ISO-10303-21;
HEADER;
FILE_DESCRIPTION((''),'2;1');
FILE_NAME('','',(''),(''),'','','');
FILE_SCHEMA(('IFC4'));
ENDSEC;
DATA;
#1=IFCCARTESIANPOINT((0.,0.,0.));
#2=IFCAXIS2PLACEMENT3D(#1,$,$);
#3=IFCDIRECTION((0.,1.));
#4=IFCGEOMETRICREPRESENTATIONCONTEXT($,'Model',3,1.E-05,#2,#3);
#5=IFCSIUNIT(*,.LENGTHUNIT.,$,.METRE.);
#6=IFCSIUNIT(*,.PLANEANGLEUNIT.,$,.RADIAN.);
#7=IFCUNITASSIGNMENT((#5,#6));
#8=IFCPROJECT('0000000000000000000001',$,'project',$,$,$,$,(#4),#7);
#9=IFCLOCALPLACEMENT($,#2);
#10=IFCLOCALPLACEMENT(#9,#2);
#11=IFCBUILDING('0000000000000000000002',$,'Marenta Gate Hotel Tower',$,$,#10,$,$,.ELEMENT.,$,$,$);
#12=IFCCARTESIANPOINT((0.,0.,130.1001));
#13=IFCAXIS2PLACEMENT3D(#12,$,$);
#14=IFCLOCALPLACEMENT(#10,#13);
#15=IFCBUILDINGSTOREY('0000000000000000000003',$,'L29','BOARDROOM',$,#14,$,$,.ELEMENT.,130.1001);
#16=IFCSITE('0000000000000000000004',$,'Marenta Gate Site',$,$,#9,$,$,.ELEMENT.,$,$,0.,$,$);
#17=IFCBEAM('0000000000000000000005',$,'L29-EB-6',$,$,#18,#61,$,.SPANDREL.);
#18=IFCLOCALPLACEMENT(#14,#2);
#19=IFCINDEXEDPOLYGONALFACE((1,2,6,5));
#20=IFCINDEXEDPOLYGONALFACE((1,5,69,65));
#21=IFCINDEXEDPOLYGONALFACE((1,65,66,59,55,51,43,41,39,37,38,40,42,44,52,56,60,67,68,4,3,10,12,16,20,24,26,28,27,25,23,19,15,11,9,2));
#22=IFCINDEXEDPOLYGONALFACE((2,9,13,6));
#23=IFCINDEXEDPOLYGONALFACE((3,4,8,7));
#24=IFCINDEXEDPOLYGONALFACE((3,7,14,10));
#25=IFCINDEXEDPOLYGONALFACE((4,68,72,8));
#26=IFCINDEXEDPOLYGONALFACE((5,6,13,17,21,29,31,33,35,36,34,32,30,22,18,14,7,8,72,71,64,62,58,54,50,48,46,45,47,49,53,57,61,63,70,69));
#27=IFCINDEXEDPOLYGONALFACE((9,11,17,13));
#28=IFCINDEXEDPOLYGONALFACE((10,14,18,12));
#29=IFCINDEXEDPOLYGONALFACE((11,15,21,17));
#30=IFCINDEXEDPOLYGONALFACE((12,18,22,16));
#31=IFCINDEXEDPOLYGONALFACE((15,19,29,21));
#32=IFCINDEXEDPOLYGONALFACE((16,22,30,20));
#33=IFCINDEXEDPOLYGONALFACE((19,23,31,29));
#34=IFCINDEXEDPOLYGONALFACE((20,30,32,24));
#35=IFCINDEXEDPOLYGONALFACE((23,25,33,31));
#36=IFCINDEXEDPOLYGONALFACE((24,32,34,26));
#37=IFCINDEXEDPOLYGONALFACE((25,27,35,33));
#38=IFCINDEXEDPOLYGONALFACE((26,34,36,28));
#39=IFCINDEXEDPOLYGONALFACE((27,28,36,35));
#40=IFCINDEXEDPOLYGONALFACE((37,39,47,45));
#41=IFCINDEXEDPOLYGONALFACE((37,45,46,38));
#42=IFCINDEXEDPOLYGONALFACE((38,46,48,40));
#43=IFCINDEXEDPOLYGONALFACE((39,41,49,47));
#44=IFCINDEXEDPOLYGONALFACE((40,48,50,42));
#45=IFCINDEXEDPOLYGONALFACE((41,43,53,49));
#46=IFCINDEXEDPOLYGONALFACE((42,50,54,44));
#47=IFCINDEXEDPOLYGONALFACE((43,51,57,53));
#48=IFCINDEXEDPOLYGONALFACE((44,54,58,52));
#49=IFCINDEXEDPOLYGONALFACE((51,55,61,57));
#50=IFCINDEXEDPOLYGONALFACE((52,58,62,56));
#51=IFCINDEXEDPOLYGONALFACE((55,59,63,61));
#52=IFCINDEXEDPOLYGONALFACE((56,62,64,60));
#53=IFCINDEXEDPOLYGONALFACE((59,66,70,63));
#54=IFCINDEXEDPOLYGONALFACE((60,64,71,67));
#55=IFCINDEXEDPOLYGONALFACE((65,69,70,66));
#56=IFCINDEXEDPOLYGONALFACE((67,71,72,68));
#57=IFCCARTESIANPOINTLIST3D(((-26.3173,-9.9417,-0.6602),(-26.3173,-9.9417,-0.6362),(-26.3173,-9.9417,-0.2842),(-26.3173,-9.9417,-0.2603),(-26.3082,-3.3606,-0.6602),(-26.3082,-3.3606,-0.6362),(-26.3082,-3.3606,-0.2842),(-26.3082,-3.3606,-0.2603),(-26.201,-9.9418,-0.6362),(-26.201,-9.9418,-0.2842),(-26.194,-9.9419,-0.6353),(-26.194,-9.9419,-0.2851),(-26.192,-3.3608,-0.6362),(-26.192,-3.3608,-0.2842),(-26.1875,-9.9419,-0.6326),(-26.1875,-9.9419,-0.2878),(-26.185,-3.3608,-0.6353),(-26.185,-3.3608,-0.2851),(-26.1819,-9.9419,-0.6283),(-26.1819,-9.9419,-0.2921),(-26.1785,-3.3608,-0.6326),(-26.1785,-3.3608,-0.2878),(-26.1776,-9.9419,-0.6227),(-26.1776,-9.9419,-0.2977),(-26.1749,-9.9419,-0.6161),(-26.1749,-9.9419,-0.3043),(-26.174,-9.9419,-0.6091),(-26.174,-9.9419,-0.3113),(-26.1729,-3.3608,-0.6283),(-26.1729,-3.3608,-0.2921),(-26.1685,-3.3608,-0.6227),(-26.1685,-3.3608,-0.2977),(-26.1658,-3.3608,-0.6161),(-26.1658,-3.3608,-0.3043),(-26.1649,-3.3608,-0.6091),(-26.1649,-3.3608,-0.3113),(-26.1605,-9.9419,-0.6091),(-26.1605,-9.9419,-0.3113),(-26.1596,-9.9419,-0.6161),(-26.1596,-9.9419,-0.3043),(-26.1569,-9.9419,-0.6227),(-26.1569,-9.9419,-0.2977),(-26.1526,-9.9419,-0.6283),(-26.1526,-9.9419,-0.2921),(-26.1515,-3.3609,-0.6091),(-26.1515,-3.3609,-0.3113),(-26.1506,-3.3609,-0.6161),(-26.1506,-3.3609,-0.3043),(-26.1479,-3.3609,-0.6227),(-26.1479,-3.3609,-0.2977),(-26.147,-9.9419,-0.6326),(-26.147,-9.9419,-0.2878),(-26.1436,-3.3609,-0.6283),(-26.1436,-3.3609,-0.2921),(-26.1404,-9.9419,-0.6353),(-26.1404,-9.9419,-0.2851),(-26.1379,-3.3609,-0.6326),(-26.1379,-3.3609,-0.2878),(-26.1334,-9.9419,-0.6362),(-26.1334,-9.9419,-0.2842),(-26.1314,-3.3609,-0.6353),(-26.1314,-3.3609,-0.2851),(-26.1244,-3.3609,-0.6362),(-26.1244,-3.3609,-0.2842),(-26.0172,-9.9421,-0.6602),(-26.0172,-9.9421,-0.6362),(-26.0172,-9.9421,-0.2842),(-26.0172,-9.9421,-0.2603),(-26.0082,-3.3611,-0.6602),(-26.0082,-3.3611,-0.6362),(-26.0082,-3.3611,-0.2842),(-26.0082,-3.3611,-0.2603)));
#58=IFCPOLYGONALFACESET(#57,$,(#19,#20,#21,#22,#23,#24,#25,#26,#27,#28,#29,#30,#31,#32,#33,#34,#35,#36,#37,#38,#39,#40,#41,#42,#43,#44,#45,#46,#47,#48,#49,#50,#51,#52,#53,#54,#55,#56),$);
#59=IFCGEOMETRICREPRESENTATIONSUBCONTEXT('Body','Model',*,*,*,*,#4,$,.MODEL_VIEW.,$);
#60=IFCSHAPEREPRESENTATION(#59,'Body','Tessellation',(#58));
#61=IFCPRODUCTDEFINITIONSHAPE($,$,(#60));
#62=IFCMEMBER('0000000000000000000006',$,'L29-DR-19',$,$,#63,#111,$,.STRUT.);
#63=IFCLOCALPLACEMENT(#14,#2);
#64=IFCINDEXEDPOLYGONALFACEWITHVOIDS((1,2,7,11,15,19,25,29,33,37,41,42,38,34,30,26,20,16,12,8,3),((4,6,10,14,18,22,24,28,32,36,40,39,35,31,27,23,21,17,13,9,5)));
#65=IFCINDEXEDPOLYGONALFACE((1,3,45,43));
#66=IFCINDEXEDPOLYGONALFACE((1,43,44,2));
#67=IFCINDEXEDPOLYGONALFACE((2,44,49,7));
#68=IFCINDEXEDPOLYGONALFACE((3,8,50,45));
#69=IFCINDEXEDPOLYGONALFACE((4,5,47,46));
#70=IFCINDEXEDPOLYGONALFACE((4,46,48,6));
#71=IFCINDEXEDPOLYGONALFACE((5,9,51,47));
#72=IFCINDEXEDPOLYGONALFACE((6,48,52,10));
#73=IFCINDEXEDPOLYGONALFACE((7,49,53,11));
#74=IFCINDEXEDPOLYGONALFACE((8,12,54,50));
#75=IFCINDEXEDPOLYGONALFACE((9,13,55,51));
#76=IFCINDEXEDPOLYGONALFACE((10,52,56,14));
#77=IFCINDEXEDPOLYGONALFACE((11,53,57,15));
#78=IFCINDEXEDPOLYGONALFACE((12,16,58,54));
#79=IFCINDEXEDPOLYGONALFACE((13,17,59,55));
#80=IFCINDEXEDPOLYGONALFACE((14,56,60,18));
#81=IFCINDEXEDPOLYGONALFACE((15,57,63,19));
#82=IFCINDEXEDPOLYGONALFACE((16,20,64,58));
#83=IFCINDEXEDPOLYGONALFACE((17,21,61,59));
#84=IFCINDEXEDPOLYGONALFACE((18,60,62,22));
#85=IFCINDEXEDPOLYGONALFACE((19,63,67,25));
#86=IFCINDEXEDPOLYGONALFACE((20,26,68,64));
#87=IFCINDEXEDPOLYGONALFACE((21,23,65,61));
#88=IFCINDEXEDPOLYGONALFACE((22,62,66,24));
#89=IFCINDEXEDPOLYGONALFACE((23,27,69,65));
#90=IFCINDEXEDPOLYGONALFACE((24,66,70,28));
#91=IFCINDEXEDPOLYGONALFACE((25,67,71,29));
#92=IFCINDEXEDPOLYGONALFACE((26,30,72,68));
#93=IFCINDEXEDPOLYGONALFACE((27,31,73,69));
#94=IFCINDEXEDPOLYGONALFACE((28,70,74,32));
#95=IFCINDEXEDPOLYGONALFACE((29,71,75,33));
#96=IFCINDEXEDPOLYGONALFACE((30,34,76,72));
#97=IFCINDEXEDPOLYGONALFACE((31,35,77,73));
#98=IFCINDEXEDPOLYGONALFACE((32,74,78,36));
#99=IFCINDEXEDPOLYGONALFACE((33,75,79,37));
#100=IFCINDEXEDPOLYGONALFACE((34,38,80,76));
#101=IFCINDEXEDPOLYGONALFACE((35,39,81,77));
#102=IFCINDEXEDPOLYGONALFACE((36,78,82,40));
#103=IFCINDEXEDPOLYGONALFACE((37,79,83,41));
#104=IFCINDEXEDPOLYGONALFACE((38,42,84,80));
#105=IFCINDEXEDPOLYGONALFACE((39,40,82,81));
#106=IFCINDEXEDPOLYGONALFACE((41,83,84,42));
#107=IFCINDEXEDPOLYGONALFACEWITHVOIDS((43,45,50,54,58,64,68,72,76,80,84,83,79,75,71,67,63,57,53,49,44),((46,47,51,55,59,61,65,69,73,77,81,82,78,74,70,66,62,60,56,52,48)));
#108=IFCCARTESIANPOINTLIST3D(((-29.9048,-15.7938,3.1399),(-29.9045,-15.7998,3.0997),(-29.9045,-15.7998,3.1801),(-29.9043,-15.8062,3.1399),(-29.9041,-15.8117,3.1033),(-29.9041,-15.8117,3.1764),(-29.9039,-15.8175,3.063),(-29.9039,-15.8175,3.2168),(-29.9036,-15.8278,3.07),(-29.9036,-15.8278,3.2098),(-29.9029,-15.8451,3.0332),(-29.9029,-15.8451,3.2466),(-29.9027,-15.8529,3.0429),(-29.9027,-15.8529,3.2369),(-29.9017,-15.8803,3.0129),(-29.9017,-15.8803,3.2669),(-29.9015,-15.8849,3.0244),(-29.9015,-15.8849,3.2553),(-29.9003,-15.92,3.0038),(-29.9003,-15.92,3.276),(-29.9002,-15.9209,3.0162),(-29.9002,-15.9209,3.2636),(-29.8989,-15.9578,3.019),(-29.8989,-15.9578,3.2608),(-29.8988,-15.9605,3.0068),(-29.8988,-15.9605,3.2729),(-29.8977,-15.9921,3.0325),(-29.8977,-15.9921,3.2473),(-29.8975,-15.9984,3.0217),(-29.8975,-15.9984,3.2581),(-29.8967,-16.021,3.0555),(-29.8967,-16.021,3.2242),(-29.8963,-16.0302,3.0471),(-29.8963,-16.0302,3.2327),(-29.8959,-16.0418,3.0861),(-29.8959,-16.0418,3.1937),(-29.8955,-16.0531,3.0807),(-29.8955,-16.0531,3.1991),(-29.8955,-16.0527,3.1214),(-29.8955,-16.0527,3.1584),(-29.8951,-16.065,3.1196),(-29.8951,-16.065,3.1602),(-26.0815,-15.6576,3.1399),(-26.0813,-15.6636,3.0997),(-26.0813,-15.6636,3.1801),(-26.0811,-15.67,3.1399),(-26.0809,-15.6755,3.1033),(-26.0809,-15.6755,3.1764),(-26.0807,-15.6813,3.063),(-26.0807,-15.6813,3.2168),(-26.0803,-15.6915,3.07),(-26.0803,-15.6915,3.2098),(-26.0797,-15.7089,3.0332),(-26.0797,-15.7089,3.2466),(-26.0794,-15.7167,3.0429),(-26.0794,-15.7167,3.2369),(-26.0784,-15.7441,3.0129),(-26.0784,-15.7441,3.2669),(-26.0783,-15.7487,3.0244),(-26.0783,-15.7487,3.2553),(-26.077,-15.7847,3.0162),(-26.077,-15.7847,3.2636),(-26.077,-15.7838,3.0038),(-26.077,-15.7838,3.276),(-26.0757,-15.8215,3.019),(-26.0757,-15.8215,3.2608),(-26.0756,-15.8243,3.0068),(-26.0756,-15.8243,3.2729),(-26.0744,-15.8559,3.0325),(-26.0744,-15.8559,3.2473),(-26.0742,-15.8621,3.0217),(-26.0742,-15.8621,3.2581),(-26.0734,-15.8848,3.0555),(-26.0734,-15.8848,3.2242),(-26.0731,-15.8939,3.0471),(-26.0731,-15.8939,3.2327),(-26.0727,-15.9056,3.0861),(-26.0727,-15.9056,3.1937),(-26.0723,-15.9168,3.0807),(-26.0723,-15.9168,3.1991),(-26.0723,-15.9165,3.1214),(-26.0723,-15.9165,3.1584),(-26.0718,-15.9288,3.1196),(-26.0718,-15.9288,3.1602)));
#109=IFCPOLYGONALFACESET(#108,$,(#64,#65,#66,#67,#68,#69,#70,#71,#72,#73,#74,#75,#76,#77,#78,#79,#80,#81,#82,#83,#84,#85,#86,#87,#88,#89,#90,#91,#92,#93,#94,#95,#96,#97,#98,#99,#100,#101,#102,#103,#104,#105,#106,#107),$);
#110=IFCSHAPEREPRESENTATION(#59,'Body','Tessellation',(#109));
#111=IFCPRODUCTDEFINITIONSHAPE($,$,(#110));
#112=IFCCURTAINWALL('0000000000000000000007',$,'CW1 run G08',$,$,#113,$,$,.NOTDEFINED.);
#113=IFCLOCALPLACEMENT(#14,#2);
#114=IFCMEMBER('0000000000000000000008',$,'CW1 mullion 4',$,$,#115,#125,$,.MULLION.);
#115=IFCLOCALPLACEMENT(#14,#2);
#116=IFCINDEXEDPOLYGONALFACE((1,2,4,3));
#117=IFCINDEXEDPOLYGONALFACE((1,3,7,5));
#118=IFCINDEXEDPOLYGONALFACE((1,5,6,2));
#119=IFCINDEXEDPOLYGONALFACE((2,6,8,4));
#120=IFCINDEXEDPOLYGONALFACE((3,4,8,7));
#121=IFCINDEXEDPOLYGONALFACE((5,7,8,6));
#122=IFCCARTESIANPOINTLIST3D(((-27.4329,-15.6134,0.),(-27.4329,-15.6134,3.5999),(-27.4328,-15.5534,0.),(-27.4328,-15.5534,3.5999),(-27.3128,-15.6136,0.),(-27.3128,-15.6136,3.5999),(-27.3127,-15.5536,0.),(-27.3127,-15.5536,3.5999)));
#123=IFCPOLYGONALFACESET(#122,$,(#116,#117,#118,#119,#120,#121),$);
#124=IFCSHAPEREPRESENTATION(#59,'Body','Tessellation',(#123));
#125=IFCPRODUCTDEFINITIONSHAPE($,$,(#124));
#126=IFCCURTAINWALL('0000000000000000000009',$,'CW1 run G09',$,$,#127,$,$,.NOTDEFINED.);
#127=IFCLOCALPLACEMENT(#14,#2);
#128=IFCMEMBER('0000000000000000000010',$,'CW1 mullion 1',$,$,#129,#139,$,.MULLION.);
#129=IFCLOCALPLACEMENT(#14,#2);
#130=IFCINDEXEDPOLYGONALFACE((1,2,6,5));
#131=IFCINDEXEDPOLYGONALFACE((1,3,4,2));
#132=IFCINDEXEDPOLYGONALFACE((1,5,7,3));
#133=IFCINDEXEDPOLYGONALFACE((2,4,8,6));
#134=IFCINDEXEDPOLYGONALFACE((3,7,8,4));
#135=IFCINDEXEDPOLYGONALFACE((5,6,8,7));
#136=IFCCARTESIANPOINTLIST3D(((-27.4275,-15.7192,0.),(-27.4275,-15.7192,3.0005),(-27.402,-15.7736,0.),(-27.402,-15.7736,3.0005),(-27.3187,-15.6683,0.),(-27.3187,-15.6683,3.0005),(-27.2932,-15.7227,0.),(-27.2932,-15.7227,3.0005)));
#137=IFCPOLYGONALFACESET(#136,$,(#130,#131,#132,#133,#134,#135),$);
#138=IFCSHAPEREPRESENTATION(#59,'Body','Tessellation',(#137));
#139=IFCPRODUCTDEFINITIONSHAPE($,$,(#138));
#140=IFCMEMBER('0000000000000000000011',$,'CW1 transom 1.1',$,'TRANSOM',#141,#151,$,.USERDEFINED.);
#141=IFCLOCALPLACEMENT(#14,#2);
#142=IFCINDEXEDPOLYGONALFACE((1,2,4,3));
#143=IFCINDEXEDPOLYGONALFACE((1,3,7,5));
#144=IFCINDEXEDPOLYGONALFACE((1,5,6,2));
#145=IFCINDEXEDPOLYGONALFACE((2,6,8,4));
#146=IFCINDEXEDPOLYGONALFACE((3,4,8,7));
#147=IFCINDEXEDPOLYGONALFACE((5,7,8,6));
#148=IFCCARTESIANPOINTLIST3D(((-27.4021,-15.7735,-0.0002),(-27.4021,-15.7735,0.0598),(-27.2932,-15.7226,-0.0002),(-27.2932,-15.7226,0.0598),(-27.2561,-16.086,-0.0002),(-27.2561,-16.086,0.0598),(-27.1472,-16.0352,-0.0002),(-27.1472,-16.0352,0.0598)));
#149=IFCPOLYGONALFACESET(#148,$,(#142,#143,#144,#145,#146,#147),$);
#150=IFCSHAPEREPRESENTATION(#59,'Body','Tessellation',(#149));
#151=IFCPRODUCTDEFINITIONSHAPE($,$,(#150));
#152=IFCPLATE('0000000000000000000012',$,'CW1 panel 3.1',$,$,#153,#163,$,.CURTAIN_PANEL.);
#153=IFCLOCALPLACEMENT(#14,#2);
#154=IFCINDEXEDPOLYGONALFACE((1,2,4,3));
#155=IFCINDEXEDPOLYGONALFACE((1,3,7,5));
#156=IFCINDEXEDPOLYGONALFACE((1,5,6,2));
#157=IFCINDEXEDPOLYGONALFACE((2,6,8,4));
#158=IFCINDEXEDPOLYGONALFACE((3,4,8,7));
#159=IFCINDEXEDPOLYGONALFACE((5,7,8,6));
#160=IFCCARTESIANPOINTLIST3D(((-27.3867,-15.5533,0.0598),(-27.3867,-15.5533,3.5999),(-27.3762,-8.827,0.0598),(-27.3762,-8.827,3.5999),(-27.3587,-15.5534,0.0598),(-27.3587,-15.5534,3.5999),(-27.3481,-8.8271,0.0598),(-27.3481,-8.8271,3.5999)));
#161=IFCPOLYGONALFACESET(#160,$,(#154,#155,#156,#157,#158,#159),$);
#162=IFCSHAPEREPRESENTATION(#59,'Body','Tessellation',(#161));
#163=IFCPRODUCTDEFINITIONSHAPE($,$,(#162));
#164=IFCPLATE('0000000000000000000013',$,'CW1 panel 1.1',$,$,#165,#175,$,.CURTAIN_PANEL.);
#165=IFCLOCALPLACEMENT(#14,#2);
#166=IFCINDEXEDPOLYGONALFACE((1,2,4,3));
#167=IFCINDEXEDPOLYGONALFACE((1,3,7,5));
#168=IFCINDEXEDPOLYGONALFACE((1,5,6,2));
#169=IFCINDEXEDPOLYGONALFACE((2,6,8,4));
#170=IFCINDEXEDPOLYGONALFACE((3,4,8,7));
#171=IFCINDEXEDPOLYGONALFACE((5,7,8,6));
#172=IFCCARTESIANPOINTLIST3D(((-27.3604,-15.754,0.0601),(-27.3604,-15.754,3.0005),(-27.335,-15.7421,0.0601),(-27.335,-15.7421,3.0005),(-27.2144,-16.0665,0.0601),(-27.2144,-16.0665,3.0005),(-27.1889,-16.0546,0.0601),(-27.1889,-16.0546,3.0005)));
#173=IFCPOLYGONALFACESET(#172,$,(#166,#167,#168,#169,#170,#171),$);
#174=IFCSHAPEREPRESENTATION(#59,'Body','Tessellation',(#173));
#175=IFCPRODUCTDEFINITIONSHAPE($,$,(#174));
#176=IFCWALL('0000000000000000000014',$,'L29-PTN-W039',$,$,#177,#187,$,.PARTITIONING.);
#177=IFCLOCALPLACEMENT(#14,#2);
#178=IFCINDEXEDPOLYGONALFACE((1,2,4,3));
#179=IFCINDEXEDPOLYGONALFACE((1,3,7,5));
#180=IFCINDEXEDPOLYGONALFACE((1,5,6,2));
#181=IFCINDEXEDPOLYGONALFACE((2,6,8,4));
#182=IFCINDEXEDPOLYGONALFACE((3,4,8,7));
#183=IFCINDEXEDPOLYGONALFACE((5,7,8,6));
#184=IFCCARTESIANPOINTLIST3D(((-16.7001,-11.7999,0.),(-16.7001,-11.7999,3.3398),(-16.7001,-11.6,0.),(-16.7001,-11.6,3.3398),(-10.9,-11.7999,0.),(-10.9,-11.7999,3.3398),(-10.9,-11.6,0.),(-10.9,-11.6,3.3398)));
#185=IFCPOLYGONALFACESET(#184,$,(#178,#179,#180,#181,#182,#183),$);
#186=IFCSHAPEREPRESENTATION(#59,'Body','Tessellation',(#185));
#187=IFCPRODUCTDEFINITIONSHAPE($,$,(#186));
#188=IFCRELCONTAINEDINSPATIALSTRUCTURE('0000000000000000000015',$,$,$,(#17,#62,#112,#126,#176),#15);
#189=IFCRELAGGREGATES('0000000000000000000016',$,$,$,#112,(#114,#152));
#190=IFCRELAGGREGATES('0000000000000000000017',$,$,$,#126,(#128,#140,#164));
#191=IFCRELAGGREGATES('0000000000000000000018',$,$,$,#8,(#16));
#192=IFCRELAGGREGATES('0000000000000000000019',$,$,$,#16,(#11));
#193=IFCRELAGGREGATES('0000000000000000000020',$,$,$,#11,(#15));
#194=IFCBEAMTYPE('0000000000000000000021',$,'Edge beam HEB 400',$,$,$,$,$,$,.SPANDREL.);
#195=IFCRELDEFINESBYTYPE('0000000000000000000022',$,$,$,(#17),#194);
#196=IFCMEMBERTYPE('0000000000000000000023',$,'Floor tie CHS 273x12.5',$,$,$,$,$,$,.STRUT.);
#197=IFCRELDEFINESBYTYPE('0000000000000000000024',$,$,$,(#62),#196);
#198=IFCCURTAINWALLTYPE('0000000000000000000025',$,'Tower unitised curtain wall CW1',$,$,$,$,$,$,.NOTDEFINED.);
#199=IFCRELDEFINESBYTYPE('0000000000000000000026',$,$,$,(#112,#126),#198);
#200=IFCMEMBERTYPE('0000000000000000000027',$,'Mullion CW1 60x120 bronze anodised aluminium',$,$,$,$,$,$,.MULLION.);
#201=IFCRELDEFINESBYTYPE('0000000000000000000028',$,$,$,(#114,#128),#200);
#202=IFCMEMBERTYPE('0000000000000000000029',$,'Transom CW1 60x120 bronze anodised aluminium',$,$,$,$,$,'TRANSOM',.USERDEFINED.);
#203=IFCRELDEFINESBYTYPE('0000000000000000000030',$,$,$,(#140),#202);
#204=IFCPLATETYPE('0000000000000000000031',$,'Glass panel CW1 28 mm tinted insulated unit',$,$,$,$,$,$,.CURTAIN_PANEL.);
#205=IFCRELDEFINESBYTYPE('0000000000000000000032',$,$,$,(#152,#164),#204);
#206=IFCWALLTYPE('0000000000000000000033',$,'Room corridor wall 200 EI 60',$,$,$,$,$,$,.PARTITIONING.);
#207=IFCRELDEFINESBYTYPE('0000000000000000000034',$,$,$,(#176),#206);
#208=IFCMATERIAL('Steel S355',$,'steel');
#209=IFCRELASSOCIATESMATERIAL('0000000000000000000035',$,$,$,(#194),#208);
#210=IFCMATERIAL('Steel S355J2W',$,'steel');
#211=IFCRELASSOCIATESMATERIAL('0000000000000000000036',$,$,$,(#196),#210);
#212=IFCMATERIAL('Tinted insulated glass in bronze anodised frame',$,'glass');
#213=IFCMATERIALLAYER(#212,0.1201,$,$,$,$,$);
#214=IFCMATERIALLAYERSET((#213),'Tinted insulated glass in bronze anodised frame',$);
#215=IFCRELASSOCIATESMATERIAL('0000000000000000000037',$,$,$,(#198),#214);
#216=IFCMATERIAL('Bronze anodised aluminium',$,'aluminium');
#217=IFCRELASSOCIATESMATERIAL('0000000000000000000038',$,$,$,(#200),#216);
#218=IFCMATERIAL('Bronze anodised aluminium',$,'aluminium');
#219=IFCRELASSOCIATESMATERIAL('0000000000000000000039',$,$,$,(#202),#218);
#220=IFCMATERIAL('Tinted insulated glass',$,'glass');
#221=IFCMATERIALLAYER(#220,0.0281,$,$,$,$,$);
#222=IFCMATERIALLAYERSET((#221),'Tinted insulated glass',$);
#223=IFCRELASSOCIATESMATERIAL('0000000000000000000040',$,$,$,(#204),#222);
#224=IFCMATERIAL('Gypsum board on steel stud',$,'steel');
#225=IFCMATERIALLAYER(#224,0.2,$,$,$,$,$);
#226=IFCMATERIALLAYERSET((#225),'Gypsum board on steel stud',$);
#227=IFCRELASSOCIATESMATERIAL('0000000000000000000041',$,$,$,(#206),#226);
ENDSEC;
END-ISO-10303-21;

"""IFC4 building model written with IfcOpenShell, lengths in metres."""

from ifc_helpers import new_model, si_unit, direction, frame, frame_2d, origin, origin_2d, place, context, subcontext, project, spatial, rectangle, hollow_circle, i_section, extrude, material, layer, layer_set, material_profile, profile_set, type_object, element, aggregate, save


model = new_model("IFC4")

# Units and contexts
model_context = context("Model", 3, precision=1e-05, world=origin(), true_north=direction((0.0, 1.0)))
body_context = subcontext(model_context, "Body", "Model", "MODEL_VIEW")
ifc_project = project(units=[si_unit("LENGTHUNIT", "METRE"), si_unit("PLANEANGLEUNIT", "RADIAN")], contexts=[model_context])

# Site, building, storey
site_placement = place(None, origin())
site = spatial("IfcSite", under=ifc_project, at=site_placement, Name="Marenta Gate Site", CompositionType="ELEMENT", RefElevation=0.0)
building_placement = place(site_placement, origin())
building = spatial("IfcBuilding", under=site, at=building_placement, Name="Marenta Gate Hotel Tower", CompositionType="ELEMENT")
storey_placement = place(building_placement, frame((0.0, 0.0, 130.1001)))
storey = spatial("IfcBuildingStorey", under=building, at=storey_placement, Name="L29", Description="BOARDROOM", CompositionType="ELEMENT", Elevation=130.1001)

# Beam
ifc_material_1 = material(Name="Steel S355", Category="steel")
ifc_material_profile_1 = material_profile(ifc_material_1, i_section(OverallWidth=0.3, OverallDepth=0.3999, WebThickness=0.0134, FlangeThickness=0.0239, FilletRadius=0.0271, at=origin_2d()), Name="HEB 400")
ifc_profile_set_1 = profile_set([ifc_material_profile_1], Name="Steel S355")
beam_type = type_object("IfcBeamType", Name="Edge beam HEB 400", PredefinedType="SPANDREL", material=ifc_profile_set_1)
beam_1_placement = place(storey_placement, frame((-26.1672, -9.9419, -0.4602), z_axis=(0.001373, 0.999999, 0.0), x_axis=(-0.999999, 0.001373, 0.0)))
element("IfcBeam", 1, at=beam_1_placement, inside=storey, type_object=beam_type, Name="L29-EB-6", PredefinedType="SPANDREL", context=body_context, shape_type="SweptSolid", body=[
    extrude(i_section(OverallWidth=0.3, OverallDepth=0.3999, WebThickness=0.0134, FlangeThickness=0.0239, FilletRadius=0.0271, at=origin_2d()), origin(), (0.0, 0.0, 1.0), 6.5811),
])

# Member
ifc_material_2 = material(Name="Steel S355J2W", Category="steel")
ifc_material_profile_2 = material_profile(ifc_material_2, hollow_circle(Radius=0.1365, WallThickness=0.0125, at=origin_2d()), Name="CHS 273x12.5")
ifc_profile_set_2 = profile_set([ifc_material_profile_2], Name="Steel S355J2W")
member_type_1 = type_object("IfcMemberType", Name="Floor tie CHS 273x12.5", PredefinedType="STRUT", material=ifc_profile_set_2)
member_1_placement = place(storey_placement, frame((-29.8999, -15.9302, 3.1399), z_axis=(0.999366, 0.03561, 0.0), x_axis=(-0.03561, 0.999366, 0.0)))
element("IfcMember", 2, at=member_1_placement, inside=storey, type_object=member_type_1, Name="L29-DR-19", PredefinedType="STRUT", context=body_context, shape_type="SweptSolid", body=[
    extrude(hollow_circle(Radius=0.1365, WallThickness=0.0125, at=origin_2d()), origin(), (0.0, 0.0, 1.0), 3.8257),
])

# Curtain wall, member
ifc_material_3 = material(Name="Tinted insulated glass in bronze anodised frame", Category="glass")
ifc_layer_1 = layer(ifc_material_3, 0.1201)
ifc_layer_set_1 = layer_set([ifc_layer_1], Name="Tinted insulated glass in bronze anodised frame")
curtain_wall_type = type_object("IfcCurtainWallType", Name="Tower unitised curtain wall CW1", PredefinedType="NOTDEFINED", material=ifc_layer_set_1)
curtain_wall_1_placement = place(storey_placement, origin())
curtain_wall_1 = element("IfcCurtainWall", 3, at=curtain_wall_1_placement, inside=storey, type_object=curtain_wall_type, Name="CW1 run G08", PredefinedType="NOTDEFINED")
ifc_material_4 = material(Name="Bronze anodised aluminium", Category="aluminium")
ifc_material_profile_3 = material_profile(ifc_material_4, rectangle(XDim=0.1201, YDim=0.0601, at=origin_2d()), Name="Mullion CW1 60x120 bronze anodised aluminium")
ifc_profile_set_3 = profile_set([ifc_material_profile_3], Name="Bronze anodised aluminium")
member_type_2 = type_object("IfcMemberType", Name="Mullion CW1 60x120 bronze anodised aluminium", PredefinedType="MULLION", material=ifc_profile_set_3)
member_2_placement = place(storey_placement, frame((-27.3728, -15.5835, 0.0), z_axis=(0.0, 0.0, 1.0), x_axis=(0.999999, -0.001565, 0.0)))
member_2 = element("IfcMember", 4, at=member_2_placement, type_object=member_type_2, Name="CW1 mullion 4", PredefinedType="MULLION", context=body_context, shape_type="SweptSolid", body=[
    extrude(rectangle(XDim=0.1201, YDim=0.0601, at=origin_2d()), origin(), (0.0, 0.0, 1.0), 3.5999),
])

# Curtain wall, members
curtain_wall_2_placement = place(storey_placement, origin())
curtain_wall_2 = element("IfcCurtainWall", 5, at=curtain_wall_2_placement, inside=storey, type_object=curtain_wall_type, Name="CW1 run G09", PredefinedType="NOTDEFINED")
member_3_placement = place(storey_placement, frame((-27.3604, -15.7209, 0.0), z_axis=(0.0, 0.0, 1.0), x_axis=(0.905968, 0.423345, 0.0)))
member_3 = element("IfcMember", 6, at=member_3_placement, type_object=member_type_2, Name="CW1 mullion 1", PredefinedType="MULLION", context=body_context, shape_type="SweptSolid", body=[
    extrude(rectangle(XDim=0.1201, YDim=0.0601, at=origin_2d()), origin(), (0.0, 0.0, 1.0), 3.0005),
])
ifc_material_5 = material(Name="Bronze anodised aluminium", Category="aluminium")
ifc_material_profile_4 = material_profile(ifc_material_5, rectangle(XDim=0.1201, YDim=0.0601, at=origin_2d()), Name="Transom CW1 60x120 bronze anodised aluminium")
ifc_profile_set_4 = profile_set([ifc_material_profile_4], Name="Bronze anodised aluminium")
member_type_3 = type_object("IfcMemberType", Name="Transom CW1 60x120 bronze anodised aluminium", ElementType="TRANSOM", PredefinedType="USERDEFINED", material=ifc_profile_set_4)
member_4_placement = place(storey_placement, frame((-27.3477, -15.748, 0.0298), z_axis=(0.423273, -0.906002, 0.0), x_axis=(0.906002, 0.423273, 0.0)))
member_4 = element("IfcMember", 7, at=member_4_placement, type_object=member_type_3, Name="CW1 transom 1.1", ObjectType="TRANSOM", PredefinedType="USERDEFINED", context=body_context, shape_type="SweptSolid", body=[
    extrude(rectangle(XDim=0.1201, YDim=0.0601, at=origin_2d()), origin(), (0.0, 0.0, 1.0), 0.345),
])

# Plates
ifc_material_6 = material(Name="Tinted insulated glass", Category="glass")
ifc_layer_2 = layer(ifc_material_6, 0.0281)
ifc_layer_set_2 = layer_set([ifc_layer_2], Name="Tinted insulated glass")
plate_type = type_object("IfcPlateType", Name="Glass panel CW1 28 mm tinted insulated unit", PredefinedType="CURTAIN_PANEL", material=ifc_layer_set_2)
plate_1_placement = place(storey_placement, frame((-27.3674, -12.1902, 0.0598), z_axis=(0.0, 0.0, 1.0), x_axis=(-0.001565, -0.999999, 0.0)))
plate_1 = element("IfcPlate", 8, at=plate_1_placement, type_object=plate_type, Name="CW1 panel 3.1", PredefinedType="CURTAIN_PANEL", context=body_context, shape_type="SweptSolid", body=[
    extrude(rectangle(XDim=6.7263, YDim=0.0281, at=origin_2d()), origin(), (0.0, 0.0, 1.0), 3.54),
])
aggregate(curtain_wall_1, [member_2, plate_1])
plate_2_placement = place(storey_placement, frame((-27.2747, -15.9043, 0.0601), z_axis=(0.0, 0.0, 1.0), x_axis=(0.423345, -0.905968, 0.0)))
plate_2 = element("IfcPlate", 9, at=plate_2_placement, type_object=plate_type, Name="CW1 panel 1.1", PredefinedType="CURTAIN_PANEL", context=body_context, shape_type="SweptSolid", body=[
    extrude(rectangle(XDim=0.345, YDim=0.0281, at=origin_2d()), origin(), (0.0, 0.0, 1.0), 2.9404),
])
aggregate(curtain_wall_2, [member_3, member_4, plate_2])

# Shared definitions
ifc_material_7 = material(Name="Gypsum board on steel stud", Category="steel")
ifc_layer_3 = layer(ifc_material_7, 0.2)
ifc_layer_set_3 = layer_set([ifc_layer_3], Name="Gypsum board on steel stud")
wall_type_1 = type_object("IfcWallType", Name="Room corridor wall 200 EI 60", PredefinedType="PARTITIONING", material=ifc_layer_set_3)

# Wall
wall_1_placement = place(storey_placement, frame((-16.7, -11.7, 0.0), z_axis=(0.0, 0.0, 1.0), x_axis=(1.0, 0.0, 0.0)))
element("IfcWall", 10, at=wall_1_placement, inside=storey, type_object=wall_type_1, Name="L29-PTN-W039", PredefinedType="PARTITIONING", context=body_context, shape_type="SweptSolid", body=[
    extrude(rectangle(XDim=5.8, YDim=0.2, at=frame_2d((2.8999, 0.0))), origin(), (0.0, 0.0, 1.0), 3.3398),
])

save(model, "model.ifc")
